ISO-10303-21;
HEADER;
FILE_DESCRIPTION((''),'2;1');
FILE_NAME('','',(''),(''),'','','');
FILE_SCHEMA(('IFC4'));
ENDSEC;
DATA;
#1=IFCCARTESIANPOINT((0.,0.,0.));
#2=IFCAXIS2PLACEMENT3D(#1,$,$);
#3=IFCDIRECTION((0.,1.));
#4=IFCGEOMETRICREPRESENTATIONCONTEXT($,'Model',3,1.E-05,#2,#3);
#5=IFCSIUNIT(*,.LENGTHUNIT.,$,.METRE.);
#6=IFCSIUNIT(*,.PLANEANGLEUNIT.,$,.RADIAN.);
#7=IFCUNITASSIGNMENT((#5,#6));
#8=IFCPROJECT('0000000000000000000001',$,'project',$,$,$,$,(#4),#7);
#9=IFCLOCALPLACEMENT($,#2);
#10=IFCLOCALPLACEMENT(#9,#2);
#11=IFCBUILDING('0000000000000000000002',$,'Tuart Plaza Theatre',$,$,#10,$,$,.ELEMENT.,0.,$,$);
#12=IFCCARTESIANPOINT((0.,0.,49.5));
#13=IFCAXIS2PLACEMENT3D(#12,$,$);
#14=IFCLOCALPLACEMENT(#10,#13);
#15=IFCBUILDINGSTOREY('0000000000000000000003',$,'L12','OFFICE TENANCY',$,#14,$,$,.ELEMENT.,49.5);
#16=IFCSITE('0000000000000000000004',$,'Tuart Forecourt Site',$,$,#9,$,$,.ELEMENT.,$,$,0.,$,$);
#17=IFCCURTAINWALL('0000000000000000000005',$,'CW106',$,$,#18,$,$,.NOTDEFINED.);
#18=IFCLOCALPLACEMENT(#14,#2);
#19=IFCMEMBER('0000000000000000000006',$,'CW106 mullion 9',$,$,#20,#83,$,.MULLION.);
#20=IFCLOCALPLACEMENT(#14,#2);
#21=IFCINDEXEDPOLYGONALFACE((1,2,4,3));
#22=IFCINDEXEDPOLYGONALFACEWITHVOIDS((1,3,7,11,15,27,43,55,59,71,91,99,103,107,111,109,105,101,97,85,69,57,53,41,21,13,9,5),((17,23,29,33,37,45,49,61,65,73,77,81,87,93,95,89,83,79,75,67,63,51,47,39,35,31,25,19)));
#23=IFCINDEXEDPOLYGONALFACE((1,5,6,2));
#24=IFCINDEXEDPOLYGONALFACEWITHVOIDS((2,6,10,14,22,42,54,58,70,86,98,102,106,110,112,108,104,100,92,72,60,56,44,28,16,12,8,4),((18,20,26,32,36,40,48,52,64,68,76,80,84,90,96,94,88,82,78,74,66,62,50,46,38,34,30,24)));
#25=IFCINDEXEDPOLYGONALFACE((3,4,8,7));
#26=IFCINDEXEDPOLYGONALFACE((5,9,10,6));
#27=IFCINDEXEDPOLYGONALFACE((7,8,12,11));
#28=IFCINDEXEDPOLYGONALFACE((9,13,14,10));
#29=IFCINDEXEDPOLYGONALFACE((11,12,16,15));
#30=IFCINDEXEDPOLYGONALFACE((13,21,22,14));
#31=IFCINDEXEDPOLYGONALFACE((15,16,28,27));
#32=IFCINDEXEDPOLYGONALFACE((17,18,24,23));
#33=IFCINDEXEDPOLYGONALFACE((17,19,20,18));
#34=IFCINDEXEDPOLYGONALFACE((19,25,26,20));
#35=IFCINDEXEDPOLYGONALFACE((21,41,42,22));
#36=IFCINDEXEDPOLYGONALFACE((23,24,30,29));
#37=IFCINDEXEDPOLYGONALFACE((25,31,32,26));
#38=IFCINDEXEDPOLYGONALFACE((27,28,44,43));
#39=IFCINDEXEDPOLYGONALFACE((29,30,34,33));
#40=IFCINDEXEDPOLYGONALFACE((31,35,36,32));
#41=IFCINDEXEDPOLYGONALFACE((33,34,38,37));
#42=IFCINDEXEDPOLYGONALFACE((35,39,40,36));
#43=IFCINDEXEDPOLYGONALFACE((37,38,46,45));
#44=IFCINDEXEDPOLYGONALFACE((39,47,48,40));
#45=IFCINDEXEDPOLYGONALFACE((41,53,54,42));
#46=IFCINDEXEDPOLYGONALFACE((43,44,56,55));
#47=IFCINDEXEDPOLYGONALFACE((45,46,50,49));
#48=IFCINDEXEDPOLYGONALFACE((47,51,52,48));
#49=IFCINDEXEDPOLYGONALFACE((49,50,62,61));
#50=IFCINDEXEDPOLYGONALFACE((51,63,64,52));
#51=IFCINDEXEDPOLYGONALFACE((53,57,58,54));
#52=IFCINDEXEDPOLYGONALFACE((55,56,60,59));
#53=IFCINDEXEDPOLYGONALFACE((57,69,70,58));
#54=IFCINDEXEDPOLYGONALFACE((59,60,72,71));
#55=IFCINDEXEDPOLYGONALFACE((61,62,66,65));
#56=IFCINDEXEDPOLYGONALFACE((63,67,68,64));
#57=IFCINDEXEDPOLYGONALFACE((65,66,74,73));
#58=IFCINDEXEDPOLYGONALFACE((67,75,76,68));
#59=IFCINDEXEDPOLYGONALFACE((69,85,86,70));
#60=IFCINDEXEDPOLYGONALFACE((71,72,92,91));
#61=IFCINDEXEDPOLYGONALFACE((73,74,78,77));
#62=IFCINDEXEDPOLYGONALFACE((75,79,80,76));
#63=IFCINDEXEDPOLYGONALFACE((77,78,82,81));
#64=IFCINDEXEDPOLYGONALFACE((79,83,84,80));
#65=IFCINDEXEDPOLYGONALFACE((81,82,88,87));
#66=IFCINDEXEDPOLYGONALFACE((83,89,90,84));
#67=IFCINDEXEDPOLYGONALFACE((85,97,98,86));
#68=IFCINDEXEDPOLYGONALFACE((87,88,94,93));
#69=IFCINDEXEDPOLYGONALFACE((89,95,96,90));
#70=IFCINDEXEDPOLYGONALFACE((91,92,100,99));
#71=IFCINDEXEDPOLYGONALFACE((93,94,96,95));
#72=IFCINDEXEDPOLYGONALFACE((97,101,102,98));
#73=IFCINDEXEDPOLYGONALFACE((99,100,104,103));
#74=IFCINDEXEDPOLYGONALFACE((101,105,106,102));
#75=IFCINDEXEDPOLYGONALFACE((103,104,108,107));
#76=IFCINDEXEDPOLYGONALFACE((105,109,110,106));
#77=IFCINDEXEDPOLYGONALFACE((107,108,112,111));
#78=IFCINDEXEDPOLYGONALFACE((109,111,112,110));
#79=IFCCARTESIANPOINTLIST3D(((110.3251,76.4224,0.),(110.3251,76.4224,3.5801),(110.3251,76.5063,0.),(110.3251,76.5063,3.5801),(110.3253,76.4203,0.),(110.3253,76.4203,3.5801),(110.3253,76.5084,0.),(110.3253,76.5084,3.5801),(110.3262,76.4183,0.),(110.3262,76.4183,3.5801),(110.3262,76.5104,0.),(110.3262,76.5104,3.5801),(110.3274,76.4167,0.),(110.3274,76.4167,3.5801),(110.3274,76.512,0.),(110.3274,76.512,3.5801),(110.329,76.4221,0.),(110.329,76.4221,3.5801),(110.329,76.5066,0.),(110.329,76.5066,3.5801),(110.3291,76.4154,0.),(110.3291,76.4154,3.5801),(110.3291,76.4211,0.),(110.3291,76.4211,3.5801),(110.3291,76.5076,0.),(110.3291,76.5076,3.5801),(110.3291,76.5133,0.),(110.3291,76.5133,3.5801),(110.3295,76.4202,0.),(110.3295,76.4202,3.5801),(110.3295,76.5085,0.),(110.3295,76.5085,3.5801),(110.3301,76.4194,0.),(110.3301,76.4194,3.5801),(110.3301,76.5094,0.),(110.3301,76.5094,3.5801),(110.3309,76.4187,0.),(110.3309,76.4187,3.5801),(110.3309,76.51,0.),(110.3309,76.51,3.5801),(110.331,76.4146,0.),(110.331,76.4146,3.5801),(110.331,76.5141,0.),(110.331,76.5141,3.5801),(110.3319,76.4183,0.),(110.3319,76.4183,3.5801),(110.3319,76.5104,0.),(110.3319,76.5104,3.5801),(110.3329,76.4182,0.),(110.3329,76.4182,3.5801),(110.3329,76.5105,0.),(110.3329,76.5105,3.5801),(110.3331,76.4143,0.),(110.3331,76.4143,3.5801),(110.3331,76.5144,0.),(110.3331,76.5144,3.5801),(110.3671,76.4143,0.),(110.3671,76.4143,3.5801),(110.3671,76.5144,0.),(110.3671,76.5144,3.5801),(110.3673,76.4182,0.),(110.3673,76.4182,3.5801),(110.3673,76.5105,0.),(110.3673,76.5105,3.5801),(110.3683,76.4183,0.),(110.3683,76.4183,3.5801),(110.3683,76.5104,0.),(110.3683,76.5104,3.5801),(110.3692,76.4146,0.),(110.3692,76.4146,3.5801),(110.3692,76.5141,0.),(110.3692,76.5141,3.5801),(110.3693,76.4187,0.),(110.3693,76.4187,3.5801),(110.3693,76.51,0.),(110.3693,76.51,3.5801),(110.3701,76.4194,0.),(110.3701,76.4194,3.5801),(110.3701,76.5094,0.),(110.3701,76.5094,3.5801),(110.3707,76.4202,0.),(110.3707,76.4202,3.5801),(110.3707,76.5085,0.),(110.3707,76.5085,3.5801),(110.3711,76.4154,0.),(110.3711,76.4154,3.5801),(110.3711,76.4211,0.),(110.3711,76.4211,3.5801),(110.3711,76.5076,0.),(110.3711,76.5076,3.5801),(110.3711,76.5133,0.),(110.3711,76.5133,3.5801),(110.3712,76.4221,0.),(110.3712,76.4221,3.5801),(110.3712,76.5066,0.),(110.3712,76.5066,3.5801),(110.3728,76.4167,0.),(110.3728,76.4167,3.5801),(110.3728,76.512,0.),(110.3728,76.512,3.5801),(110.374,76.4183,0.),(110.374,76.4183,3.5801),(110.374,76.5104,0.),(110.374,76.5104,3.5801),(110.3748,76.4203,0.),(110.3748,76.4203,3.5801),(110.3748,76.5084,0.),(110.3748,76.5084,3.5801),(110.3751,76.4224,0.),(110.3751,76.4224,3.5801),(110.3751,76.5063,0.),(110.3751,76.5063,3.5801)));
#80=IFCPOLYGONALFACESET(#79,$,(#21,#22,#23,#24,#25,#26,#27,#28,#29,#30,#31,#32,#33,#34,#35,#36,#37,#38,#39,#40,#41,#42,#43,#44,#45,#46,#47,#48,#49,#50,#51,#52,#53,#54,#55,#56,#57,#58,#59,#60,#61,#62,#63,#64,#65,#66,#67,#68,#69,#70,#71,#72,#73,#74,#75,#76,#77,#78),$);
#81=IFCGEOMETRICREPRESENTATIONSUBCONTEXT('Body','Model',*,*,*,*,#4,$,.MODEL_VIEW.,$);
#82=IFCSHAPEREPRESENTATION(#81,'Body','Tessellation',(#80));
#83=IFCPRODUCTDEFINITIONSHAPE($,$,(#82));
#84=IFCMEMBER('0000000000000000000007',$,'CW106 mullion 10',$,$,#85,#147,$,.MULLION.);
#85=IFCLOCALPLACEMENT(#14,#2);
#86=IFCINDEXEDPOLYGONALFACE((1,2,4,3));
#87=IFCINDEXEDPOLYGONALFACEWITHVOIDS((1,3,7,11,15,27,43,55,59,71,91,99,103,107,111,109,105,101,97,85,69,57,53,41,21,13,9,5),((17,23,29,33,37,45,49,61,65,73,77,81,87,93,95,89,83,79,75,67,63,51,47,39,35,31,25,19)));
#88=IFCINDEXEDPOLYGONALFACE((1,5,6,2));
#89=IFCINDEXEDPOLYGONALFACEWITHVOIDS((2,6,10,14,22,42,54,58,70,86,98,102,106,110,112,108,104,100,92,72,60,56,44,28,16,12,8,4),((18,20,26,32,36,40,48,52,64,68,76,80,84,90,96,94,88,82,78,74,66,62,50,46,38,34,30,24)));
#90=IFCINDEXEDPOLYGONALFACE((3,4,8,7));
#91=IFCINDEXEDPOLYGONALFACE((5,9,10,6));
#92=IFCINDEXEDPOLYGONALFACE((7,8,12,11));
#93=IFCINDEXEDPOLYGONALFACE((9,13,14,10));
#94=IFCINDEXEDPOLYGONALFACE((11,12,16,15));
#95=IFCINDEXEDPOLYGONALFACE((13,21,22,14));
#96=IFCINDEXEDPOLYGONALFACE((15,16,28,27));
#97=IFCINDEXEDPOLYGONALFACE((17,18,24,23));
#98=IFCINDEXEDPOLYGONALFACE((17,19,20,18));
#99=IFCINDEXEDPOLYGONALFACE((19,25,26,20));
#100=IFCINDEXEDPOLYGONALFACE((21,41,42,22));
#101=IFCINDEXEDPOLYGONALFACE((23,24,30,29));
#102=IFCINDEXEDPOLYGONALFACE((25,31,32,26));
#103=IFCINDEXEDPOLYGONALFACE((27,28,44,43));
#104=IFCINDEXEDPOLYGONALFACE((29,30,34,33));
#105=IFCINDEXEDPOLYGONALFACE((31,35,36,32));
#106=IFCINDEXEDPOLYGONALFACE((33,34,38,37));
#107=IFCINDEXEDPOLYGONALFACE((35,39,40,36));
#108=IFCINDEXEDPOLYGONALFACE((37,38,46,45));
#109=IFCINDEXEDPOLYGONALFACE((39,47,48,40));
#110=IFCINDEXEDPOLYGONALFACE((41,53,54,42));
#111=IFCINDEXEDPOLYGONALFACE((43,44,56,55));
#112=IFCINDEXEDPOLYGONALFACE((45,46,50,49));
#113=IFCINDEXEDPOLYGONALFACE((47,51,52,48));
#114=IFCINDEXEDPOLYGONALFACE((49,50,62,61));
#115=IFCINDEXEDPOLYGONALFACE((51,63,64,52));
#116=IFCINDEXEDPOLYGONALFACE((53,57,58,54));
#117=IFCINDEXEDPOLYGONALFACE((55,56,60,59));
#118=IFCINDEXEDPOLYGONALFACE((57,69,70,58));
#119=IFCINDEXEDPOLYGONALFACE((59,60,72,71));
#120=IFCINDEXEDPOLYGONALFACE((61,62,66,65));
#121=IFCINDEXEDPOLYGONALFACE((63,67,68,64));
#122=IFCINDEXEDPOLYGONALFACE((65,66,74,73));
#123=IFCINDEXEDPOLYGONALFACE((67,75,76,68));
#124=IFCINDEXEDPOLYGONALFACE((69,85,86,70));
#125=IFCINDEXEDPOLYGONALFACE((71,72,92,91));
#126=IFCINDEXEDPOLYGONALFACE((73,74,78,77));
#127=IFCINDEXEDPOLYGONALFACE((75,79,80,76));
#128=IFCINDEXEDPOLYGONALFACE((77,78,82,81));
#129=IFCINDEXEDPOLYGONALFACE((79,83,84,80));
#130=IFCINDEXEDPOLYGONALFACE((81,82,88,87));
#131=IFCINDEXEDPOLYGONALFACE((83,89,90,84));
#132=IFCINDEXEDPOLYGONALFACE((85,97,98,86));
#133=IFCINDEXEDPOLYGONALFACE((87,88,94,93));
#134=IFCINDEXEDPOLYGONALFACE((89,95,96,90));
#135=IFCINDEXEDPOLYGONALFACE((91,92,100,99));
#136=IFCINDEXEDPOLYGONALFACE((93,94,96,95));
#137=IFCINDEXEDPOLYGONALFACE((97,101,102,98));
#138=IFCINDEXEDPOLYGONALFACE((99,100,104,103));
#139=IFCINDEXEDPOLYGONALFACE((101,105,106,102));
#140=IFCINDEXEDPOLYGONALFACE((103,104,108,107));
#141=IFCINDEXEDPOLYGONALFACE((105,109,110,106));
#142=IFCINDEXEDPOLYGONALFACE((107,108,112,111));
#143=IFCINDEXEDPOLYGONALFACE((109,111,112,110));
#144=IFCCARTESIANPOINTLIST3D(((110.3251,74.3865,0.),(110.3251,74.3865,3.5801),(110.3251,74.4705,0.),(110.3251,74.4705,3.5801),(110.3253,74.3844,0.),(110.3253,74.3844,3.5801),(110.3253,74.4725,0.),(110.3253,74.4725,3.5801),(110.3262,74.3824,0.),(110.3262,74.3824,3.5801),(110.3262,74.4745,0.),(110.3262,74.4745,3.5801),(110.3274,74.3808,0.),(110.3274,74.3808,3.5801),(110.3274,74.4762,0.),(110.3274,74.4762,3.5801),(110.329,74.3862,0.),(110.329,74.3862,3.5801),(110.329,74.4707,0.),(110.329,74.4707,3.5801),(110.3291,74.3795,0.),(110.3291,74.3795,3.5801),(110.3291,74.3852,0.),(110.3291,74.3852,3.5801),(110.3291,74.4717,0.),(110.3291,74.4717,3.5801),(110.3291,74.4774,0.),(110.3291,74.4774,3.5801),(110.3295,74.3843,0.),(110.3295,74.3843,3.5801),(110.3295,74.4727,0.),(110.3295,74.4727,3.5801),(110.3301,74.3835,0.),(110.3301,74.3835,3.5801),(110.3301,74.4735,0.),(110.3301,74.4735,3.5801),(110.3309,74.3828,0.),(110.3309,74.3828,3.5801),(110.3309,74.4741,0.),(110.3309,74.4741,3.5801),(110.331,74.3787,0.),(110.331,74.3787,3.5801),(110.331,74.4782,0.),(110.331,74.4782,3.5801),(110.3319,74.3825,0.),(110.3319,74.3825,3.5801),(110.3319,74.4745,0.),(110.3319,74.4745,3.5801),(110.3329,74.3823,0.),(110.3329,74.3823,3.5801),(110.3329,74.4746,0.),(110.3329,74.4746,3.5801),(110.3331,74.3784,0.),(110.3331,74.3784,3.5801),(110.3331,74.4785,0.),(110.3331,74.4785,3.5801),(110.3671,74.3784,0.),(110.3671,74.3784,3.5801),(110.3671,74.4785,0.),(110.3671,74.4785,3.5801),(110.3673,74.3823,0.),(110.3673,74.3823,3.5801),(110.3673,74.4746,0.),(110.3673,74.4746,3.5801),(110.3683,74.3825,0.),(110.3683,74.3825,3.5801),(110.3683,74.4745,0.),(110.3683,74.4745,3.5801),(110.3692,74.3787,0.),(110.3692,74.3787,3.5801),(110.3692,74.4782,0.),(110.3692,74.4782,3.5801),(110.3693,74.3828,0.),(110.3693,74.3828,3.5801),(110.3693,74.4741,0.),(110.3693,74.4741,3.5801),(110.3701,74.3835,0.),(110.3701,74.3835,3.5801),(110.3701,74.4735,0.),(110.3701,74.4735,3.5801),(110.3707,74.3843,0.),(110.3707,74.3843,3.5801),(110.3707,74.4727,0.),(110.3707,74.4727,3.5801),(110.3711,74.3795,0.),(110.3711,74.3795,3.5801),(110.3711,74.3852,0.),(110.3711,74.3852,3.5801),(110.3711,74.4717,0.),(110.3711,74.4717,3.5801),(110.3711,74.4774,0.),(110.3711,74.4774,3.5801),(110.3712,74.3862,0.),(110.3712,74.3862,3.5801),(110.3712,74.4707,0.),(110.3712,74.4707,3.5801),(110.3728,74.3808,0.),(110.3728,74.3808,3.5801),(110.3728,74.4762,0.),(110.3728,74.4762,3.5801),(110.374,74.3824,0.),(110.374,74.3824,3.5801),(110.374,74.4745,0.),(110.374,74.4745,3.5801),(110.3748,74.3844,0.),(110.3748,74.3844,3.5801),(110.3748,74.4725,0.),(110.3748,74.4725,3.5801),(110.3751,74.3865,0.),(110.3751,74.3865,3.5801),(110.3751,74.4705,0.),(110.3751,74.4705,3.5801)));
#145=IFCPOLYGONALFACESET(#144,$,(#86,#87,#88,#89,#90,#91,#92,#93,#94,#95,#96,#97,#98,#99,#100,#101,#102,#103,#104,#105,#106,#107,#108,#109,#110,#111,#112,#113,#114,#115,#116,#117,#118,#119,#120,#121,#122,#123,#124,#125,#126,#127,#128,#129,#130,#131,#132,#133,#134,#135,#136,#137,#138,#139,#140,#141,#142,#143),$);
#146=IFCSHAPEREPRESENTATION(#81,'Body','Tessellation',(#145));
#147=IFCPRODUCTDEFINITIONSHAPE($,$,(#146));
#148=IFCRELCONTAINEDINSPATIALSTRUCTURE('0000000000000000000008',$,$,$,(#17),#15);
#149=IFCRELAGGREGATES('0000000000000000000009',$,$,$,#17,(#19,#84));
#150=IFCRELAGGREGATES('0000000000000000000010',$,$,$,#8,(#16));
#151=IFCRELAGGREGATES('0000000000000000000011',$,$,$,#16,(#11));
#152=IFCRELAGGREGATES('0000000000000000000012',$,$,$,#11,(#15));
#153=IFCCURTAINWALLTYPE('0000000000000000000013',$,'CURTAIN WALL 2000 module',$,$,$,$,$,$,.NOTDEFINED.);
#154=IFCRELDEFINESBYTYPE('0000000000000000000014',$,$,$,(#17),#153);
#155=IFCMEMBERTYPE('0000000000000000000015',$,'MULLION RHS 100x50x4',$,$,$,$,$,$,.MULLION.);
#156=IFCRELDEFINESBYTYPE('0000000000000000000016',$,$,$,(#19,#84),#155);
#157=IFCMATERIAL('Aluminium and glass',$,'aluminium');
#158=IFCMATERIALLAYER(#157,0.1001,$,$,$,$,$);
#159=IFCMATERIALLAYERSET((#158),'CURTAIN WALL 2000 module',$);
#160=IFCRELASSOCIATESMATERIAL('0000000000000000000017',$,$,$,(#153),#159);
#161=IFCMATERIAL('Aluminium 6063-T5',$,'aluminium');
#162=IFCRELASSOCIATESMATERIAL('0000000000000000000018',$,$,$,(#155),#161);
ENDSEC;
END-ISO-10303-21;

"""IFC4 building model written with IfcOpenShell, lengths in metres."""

from ifc_helpers import new_model, si_unit, direction, frame, origin, origin_2d, place, context, subcontext, project, spatial, hollow_rectangle, extrude, material, layer, layer_set, material_profile, profile_set, type_object, element, aggregate, save


model = new_model("IFC4")

# Units and contexts
model_context = context("Model", 3, precision=1e-05, world=origin(), true_north=direction((0.0, 1.0)))
body_context = subcontext(model_context, "Body", "Model", "MODEL_VIEW")
ifc_project = project(units=[si_unit("LENGTHUNIT", "METRE"), si_unit("PLANEANGLEUNIT", "RADIAN")], contexts=[model_context])

# Site, building, storey
site_placement = place(None, origin())
site = spatial("IfcSite", under=ifc_project, at=site_placement, Name="Tuart Forecourt Site", CompositionType="ELEMENT", RefElevation=0.0)
building_placement = place(site_placement, origin())
building = spatial("IfcBuilding", under=site, at=building_placement, Name="Tuart Plaza Theatre", CompositionType="ELEMENT", ElevationOfRefHeight=0.0)
storey_placement = place(building_placement, frame((0.0, 0.0, 49.5)))
storey = spatial("IfcBuildingStorey", under=building, at=storey_placement, Name="L12", Description="OFFICE TENANCY", CompositionType="ELEMENT", Elevation=49.5)

# Curtain wall, members
ifc_material_1 = material(Name="Aluminium and glass", Category="aluminium")
ifc_layer_1 = layer(ifc_material_1, 0.1001)
ifc_layer_set_1 = layer_set([ifc_layer_1], Name="CURTAIN WALL 2000 module")
curtain_wall_type = type_object("IfcCurtainWallType", Name="CURTAIN WALL 2000 module", PredefinedType="NOTDEFINED", material=ifc_layer_set_1)
curtain_wall_placement = place(storey_placement, origin())
curtain_wall = element("IfcCurtainWall", 1, at=curtain_wall_placement, inside=storey, type_object=curtain_wall_type, Name="CW106", PredefinedType="NOTDEFINED")
ifc_material_2 = material(Name="Aluminium 6063-T5", Category="aluminium")
ifc_material_profile_1 = material_profile(ifc_material_2, hollow_rectangle(XDim=0.05, YDim=0.1001, WallThickness=0.0039, InnerFilletRadius=0.0039, OuterFilletRadius=0.0081, at=origin_2d()), Name="RHS 100x50x4")
ifc_profile_set_1 = profile_set([ifc_material_profile_1], Name="Aluminium 6063-T5")
member_type_1 = type_object("IfcMemberType", Name="MULLION RHS 100x50x4", PredefinedType="MULLION", material=ifc_profile_set_1)
member_1_placement = place(storey_placement, frame((110.3501, 76.4644, 0.0), z_axis=(0.0, 0.0, 1.0), x_axis=(1.0, 0.0, 0.0)))
member_1 = element("IfcMember", 2, at=member_1_placement, type_object=member_type_1, Name="CW106 mullion 9", PredefinedType="MULLION", context=body_context, shape_type="SweptSolid", body=[
    extrude(hollow_rectangle(XDim=0.05, YDim=0.1001, WallThickness=0.0039, InnerFilletRadius=0.0039, OuterFilletRadius=0.0081, at=origin_2d()), origin(), (0.0, 0.0, 1.0), 3.5801),
])
member_2_placement = place(storey_placement, frame((110.3501, 74.4285, 0.0), z_axis=(0.0, 0.0, 1.0), x_axis=(1.0, 0.0, 0.0)))
member_2 = element("IfcMember", 3, at=member_2_placement, type_object=member_type_1, Name="CW106 mullion 10", PredefinedType="MULLION", context=body_context, shape_type="SweptSolid", body=[
    extrude(hollow_rectangle(XDim=0.05, YDim=0.1001, WallThickness=0.0039, InnerFilletRadius=0.0039, OuterFilletRadius=0.0081, at=origin_2d()), origin(), (0.0, 0.0, 1.0), 3.5801),
])
aggregate(curtain_wall, [member_1, member_2])

save(model, "model.ifc")
